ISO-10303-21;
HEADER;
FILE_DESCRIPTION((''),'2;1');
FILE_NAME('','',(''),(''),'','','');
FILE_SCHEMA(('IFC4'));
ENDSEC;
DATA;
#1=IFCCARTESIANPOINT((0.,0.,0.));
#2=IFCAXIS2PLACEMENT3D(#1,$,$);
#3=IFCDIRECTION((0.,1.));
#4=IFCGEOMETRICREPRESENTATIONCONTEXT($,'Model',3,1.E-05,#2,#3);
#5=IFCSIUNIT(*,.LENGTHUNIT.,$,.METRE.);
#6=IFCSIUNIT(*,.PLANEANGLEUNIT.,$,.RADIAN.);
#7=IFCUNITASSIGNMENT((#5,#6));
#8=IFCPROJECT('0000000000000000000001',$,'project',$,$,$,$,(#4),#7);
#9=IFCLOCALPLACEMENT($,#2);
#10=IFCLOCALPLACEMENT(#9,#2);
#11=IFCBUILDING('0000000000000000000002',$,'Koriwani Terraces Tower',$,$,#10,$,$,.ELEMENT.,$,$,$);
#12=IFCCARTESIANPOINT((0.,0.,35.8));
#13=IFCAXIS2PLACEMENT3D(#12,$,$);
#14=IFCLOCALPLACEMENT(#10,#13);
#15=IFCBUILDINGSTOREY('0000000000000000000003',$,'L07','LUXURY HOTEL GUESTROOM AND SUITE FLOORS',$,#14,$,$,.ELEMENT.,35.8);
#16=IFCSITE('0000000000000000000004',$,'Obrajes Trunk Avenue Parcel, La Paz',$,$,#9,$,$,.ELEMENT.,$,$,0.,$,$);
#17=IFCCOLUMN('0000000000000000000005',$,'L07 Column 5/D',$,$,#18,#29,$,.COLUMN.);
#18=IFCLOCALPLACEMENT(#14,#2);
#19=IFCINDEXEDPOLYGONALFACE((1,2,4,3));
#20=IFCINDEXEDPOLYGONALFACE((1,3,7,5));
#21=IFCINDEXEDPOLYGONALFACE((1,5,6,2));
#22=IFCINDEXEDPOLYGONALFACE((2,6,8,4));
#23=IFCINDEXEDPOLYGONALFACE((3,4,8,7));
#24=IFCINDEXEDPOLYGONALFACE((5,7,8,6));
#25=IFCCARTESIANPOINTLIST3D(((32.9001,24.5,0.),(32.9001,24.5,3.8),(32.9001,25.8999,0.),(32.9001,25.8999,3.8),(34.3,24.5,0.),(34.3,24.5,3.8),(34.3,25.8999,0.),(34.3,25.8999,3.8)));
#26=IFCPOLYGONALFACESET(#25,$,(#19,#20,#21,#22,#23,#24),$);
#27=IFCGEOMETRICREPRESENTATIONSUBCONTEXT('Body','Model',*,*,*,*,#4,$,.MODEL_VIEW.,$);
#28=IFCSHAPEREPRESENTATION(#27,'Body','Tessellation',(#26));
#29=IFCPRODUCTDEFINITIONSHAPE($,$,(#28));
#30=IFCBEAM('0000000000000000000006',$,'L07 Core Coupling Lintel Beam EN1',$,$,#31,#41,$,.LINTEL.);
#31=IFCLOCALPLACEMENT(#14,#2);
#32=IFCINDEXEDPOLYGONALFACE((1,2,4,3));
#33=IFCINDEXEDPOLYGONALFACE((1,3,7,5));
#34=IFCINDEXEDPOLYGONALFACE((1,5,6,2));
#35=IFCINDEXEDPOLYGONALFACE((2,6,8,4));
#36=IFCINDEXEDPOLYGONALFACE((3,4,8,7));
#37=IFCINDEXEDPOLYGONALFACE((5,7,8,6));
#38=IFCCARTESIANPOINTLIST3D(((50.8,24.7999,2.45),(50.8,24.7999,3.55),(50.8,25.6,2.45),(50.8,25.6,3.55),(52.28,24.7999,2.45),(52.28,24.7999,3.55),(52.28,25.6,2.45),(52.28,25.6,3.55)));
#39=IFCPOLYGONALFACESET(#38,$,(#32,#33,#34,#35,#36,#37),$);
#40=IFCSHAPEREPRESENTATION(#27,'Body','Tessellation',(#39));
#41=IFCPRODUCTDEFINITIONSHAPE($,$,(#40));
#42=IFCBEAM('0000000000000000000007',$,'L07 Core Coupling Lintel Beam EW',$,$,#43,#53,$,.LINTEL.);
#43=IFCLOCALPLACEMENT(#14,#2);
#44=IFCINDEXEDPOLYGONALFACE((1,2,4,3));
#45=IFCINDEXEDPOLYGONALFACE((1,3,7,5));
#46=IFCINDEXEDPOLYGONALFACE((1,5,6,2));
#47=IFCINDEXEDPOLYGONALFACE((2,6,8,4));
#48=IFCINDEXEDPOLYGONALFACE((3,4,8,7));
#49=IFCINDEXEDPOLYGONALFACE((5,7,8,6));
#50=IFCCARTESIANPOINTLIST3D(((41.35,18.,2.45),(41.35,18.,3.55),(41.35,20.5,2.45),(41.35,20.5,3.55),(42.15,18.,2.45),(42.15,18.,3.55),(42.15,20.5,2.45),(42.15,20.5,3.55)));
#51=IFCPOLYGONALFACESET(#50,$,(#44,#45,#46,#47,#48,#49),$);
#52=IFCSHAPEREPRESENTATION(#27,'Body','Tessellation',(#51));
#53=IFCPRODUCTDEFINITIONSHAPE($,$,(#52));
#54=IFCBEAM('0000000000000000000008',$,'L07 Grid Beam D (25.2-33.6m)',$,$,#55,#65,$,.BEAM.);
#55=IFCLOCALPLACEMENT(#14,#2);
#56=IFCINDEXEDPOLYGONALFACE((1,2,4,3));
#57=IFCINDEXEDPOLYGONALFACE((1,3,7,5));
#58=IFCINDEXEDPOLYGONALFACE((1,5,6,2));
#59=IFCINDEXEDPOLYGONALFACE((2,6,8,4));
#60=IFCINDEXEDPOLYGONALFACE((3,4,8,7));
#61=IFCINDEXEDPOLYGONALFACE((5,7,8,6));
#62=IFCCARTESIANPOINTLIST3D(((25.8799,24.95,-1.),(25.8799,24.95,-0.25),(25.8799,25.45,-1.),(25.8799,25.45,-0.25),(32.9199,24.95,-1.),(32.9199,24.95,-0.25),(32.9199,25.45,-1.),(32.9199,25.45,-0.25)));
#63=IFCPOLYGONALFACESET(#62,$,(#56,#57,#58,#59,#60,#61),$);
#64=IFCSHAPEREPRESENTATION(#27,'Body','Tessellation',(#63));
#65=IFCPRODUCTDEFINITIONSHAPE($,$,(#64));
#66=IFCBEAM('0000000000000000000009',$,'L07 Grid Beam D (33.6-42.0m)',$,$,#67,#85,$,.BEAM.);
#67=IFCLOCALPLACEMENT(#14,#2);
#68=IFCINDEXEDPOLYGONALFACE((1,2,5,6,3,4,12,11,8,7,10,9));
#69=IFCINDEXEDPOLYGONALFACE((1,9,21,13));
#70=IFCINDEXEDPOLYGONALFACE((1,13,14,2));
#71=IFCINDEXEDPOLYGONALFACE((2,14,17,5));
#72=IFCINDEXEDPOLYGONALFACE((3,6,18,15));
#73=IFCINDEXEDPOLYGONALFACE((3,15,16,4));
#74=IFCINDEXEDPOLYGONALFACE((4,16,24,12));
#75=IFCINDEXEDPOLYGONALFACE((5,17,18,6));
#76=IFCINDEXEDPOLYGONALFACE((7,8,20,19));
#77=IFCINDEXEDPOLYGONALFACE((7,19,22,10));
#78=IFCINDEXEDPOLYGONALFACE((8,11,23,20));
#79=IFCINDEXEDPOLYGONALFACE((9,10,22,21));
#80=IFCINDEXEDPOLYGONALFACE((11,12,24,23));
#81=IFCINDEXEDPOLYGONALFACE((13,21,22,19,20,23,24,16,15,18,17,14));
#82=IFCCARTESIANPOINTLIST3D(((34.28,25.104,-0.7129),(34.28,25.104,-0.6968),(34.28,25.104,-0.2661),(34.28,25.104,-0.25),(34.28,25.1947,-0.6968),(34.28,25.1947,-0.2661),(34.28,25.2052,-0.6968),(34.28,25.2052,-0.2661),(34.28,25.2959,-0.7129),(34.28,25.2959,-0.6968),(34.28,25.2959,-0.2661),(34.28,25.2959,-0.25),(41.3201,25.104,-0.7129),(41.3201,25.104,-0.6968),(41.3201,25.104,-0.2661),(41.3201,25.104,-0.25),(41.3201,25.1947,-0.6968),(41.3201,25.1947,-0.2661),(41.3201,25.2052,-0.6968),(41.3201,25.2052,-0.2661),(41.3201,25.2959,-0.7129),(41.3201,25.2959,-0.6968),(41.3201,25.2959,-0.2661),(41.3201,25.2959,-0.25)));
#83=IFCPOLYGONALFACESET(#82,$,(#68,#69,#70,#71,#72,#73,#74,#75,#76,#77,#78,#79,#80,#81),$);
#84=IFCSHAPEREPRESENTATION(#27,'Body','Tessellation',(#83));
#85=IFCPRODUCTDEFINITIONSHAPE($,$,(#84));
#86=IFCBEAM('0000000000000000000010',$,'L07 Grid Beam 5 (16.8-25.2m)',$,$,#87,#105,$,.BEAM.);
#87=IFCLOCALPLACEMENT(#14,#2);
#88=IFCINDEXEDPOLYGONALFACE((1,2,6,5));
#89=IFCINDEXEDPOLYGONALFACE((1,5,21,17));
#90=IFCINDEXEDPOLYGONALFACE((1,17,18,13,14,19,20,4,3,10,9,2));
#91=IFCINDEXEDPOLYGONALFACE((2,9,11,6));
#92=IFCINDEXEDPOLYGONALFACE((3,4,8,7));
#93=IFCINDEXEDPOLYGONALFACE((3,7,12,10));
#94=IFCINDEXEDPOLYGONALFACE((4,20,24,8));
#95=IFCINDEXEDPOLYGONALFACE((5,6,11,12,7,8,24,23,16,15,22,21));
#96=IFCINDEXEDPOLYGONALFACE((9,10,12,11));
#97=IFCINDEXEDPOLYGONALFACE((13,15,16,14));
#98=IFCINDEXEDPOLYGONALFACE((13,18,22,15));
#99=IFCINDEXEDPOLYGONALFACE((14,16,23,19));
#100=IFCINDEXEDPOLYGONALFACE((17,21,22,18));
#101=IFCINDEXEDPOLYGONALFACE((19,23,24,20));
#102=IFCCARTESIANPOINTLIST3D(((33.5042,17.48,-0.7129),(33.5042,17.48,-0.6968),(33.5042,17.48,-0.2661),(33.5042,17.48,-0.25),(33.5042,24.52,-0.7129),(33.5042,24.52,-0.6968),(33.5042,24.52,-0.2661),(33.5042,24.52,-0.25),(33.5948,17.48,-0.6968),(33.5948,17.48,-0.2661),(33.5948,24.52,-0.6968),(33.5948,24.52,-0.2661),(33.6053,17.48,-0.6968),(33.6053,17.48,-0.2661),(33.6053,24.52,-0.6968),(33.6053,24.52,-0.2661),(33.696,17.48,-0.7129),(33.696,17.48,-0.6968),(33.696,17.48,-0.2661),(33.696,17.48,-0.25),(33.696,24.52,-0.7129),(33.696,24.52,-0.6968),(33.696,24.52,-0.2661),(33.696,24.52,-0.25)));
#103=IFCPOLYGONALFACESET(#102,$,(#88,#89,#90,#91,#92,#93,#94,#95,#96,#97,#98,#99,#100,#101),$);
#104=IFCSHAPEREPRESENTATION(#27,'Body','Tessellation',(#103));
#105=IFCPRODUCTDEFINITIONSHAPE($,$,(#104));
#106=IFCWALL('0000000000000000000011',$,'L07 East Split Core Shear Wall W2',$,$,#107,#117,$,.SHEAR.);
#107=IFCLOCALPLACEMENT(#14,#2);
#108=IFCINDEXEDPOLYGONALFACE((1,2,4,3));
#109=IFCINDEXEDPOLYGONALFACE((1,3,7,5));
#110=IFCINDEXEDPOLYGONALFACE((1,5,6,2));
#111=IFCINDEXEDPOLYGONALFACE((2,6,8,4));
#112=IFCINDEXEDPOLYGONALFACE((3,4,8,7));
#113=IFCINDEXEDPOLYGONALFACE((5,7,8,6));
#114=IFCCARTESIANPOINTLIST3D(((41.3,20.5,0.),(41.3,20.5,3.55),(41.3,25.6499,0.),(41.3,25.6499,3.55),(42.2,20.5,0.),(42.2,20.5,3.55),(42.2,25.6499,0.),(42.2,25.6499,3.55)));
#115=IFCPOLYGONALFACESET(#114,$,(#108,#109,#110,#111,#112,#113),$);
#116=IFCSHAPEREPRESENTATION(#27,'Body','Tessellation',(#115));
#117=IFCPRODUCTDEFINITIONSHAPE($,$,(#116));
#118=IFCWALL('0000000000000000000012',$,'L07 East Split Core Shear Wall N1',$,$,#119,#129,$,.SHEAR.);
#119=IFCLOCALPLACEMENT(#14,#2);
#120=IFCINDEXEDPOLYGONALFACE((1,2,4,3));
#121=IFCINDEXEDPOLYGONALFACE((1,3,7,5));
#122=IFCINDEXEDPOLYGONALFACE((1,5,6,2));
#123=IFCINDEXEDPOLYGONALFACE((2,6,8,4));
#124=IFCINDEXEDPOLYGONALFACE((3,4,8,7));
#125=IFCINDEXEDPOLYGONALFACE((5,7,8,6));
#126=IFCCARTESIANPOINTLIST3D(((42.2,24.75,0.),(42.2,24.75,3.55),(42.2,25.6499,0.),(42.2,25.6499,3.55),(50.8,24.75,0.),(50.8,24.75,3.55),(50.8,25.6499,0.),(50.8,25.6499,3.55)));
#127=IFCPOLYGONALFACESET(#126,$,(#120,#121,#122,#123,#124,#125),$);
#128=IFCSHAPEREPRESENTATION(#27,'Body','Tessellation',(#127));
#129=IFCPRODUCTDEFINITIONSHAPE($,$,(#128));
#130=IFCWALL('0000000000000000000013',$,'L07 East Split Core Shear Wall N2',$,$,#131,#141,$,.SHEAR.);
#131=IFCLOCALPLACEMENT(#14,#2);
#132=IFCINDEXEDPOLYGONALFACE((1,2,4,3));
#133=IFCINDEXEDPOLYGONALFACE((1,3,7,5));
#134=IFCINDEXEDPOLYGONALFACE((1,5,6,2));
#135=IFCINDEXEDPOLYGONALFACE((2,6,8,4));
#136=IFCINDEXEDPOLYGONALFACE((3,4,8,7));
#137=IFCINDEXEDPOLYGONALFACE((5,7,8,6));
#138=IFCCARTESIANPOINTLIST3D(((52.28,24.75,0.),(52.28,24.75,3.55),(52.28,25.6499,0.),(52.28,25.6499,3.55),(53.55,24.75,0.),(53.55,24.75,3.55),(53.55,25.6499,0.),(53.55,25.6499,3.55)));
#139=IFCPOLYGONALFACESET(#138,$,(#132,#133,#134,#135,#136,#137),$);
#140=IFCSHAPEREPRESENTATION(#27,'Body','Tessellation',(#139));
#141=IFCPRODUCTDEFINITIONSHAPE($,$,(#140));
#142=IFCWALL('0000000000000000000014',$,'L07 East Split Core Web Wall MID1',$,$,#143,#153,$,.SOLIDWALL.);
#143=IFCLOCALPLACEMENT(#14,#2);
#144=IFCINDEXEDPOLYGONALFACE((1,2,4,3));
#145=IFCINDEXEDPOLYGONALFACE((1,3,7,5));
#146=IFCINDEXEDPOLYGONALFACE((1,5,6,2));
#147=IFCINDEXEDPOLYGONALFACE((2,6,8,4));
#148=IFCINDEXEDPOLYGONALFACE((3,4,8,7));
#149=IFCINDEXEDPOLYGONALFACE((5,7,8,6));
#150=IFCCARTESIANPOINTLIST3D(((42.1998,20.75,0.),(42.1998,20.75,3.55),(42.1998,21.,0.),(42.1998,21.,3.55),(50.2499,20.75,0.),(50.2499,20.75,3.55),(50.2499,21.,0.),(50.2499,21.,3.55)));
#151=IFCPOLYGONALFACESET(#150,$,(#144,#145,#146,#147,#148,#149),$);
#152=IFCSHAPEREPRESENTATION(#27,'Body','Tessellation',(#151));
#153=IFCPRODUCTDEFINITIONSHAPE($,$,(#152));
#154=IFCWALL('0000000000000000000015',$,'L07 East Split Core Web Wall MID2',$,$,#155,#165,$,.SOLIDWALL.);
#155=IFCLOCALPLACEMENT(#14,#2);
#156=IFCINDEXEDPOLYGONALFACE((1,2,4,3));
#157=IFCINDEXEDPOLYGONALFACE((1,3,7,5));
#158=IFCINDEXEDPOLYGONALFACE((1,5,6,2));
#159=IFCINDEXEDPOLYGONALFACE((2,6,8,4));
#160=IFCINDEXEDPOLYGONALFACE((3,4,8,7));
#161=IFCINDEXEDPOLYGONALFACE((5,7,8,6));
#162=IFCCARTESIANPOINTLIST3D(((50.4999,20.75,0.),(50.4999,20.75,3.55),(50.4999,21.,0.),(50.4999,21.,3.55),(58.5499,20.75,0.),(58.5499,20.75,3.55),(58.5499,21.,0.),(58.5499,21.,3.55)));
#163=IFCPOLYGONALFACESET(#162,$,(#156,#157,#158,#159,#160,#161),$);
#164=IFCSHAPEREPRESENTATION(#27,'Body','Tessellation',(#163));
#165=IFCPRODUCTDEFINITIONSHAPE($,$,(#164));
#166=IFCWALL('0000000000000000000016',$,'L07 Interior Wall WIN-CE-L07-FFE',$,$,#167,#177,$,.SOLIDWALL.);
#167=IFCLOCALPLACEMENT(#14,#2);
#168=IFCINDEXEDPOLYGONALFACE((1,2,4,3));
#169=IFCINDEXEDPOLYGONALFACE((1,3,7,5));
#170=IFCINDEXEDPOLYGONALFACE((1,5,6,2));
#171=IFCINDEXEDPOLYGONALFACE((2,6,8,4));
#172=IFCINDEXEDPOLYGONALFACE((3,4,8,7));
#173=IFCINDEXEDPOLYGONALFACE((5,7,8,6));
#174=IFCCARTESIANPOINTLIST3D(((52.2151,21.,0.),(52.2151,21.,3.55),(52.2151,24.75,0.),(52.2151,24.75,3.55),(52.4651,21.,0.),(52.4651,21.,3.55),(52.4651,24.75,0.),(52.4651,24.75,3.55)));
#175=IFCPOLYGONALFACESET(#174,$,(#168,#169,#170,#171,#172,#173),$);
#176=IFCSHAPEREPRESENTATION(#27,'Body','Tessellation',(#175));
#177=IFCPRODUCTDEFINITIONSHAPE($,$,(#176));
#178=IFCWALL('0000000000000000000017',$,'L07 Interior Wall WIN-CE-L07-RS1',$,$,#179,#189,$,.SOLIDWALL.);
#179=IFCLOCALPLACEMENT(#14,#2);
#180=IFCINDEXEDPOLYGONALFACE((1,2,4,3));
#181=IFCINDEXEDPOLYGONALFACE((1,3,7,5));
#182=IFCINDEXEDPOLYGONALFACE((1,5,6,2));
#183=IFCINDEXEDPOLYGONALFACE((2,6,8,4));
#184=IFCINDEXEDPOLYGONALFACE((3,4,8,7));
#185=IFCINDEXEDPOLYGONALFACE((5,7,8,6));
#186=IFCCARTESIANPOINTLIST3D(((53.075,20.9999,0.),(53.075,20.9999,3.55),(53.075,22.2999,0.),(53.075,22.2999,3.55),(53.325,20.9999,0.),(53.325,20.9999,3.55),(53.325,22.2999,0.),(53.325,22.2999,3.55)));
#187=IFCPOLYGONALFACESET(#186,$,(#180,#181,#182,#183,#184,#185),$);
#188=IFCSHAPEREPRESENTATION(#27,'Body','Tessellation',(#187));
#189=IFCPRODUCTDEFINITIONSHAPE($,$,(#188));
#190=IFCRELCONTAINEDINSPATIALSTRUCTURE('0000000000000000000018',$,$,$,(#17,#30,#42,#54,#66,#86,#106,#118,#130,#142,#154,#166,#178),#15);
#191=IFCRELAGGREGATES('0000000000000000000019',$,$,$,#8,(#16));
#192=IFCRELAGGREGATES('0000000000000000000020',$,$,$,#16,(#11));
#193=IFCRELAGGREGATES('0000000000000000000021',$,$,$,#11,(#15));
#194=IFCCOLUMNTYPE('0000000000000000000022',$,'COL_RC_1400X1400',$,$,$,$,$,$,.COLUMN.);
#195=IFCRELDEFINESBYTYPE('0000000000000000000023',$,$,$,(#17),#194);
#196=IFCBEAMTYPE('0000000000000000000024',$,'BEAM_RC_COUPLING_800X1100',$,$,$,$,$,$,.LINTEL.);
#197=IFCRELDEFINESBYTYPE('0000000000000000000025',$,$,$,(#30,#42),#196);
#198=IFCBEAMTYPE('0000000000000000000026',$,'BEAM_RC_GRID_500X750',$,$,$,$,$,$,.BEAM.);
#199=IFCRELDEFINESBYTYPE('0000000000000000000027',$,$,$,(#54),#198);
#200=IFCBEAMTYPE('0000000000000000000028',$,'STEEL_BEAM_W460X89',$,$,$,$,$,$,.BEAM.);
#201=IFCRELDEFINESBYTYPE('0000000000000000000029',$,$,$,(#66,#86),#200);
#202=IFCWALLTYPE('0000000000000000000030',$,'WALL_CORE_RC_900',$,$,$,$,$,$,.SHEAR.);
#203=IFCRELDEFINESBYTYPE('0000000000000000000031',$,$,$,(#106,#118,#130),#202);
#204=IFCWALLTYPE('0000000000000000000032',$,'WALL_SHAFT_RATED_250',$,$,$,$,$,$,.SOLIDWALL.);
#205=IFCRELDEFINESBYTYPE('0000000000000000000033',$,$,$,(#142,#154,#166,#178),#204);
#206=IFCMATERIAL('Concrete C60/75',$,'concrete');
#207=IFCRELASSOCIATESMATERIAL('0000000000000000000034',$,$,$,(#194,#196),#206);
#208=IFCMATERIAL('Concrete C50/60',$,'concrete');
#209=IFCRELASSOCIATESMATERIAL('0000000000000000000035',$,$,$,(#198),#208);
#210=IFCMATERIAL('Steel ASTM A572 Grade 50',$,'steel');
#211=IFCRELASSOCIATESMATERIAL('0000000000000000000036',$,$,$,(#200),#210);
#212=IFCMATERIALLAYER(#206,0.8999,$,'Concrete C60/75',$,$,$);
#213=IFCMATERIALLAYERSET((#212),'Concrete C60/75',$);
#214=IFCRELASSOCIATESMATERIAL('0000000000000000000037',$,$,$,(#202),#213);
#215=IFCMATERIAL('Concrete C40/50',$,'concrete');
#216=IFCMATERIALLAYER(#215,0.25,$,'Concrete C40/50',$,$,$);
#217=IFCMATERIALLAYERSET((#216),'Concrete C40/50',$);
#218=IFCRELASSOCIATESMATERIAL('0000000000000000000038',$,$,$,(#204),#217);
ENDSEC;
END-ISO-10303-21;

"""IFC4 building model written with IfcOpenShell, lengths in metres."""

from ifc_helpers import new_model, si_unit, direction, frame, frame_2d, origin, origin_2d, place, context, subcontext, project, spatial, rectangle, i_section, extrude, material, layer, layer_set, material_profile, profile_set, type_object, element, save


model = new_model("IFC4")

# Units and contexts
model_context = context("Model", 3, precision=1e-05, world=origin(), true_north=direction((0.0, 1.0)))
body_context = subcontext(model_context, "Body", "Model", "MODEL_VIEW")
ifc_project = project(units=[si_unit("LENGTHUNIT", "METRE"), si_unit("PLANEANGLEUNIT", "RADIAN")], contexts=[model_context])

# Site, building, storey
site_placement = place(None, origin())
site = spatial("IfcSite", under=ifc_project, at=site_placement, Name="Obrajes Trunk Avenue Parcel, La Paz", CompositionType="ELEMENT", RefElevation=0.0)
building_placement = place(site_placement, origin())
building = spatial("IfcBuilding", under=site, at=building_placement, Name="Koriwani Terraces Tower", CompositionType="ELEMENT")
storey_placement = place(building_placement, frame((0.0, 0.0, 35.8)))
storey = spatial("IfcBuildingStorey", under=building, at=storey_placement, Name="L07", Description="LUXURY HOTEL GUESTROOM AND SUITE FLOORS", CompositionType="ELEMENT", Elevation=35.8)

# Column
ifc_material_1 = material(Name="Concrete C60/75", Category="concrete")
ifc_material_profile_1 = material_profile(ifc_material_1, rectangle(XDim=1.3999, YDim=1.3999, at=origin_2d()), Name="Concrete C60/75", Category="LoadBearing")
ifc_profile_set_1 = profile_set([ifc_material_profile_1], Name="Concrete C60/75")
column_type = type_object("IfcColumnType", Name="COL_RC_1400X1400", PredefinedType="COLUMN", material=ifc_profile_set_1)
column_placement = place(storey_placement, frame((33.6001, 25.2, 0.0), z_axis=(0.0, 0.0, 1.0), x_axis=(1.0, 0.0, 0.0)))
element("IfcColumn", 1, at=column_placement, inside=storey, type_object=column_type, Name="L07 Column 5/D", PredefinedType="COLUMN", context=body_context, shape_type="SweptSolid", body=[
    extrude(rectangle(XDim=1.3999, YDim=1.3999, at=origin_2d()), origin(), (0.0, 0.0, 1.0), 3.8),
])

# Beams
ifc_material_profile_2 = material_profile(ifc_material_1, rectangle(XDim=0.8, YDim=1.1001, at=origin_2d()), Name="Concrete C60/75", Category="LoadBearing")
ifc_profile_set_2 = profile_set([ifc_material_profile_2], Name="Concrete C60/75")
beam_type_1 = type_object("IfcBeamType", Name="BEAM_RC_COUPLING_800X1100", PredefinedType="LINTEL", material=ifc_profile_set_2)
beam_1_placement = place(storey_placement, frame((50.8, 25.2, 3.0), z_axis=(1.0, 0.0, 0.0), x_axis=(0.0, 1.0, 0.0)))
element("IfcBeam", 2, at=beam_1_placement, inside=storey, type_object=beam_type_1, Name="L07 Core Coupling Lintel Beam EN1", PredefinedType="LINTEL", context=body_context, shape_type="SweptSolid", body=[
    extrude(rectangle(XDim=0.8, YDim=1.1001, at=origin_2d()), origin(), (0.0, 0.0, 1.0), 1.48),
])
beam_2_placement = place(storey_placement, frame((41.75, 18.0, 3.0), z_axis=(0.0, 1.0, 0.0), x_axis=(-1.0, 0.0, 0.0)))
element("IfcBeam", 3, at=beam_2_placement, inside=storey, type_object=beam_type_1, Name="L07 Core Coupling Lintel Beam EW", PredefinedType="LINTEL", context=body_context, shape_type="SweptSolid", body=[
    extrude(rectangle(XDim=0.8, YDim=1.1001, at=origin_2d()), origin(), (0.0, 0.0, 1.0), 2.5),
])
ifc_material_2 = material(Name="Concrete C50/60", Category="concrete")
ifc_material_profile_3 = material_profile(ifc_material_2, rectangle(XDim=0.5, YDim=0.75, at=origin_2d()), Name="Concrete C50/60", Category="LoadBearing")
ifc_profile_set_3 = profile_set([ifc_material_profile_3], Name="Concrete C50/60")
beam_type_2 = type_object("IfcBeamType", Name="BEAM_RC_GRID_500X750", PredefinedType="BEAM", material=ifc_profile_set_3)
beam_3_placement = place(storey_placement, frame((25.8799, 25.2, -0.625), z_axis=(1.0, 0.0, 0.0), x_axis=(0.0, 1.0, 0.0)))
element("IfcBeam", 4, at=beam_3_placement, inside=storey, type_object=beam_type_2, Name="L07 Grid Beam D (25.2-33.6m)", PredefinedType="BEAM", context=body_context, shape_type="SweptSolid", body=[
    extrude(rectangle(XDim=0.5, YDim=0.75, at=origin_2d()), origin(), (0.0, 0.0, 1.0), 7.04),
])
ifc_material_3 = material(Name="Steel ASTM A572 Grade 50", Category="steel")
ifc_material_profile_4 = material_profile(ifc_material_3, i_section(OverallWidth=0.1919, OverallDepth=0.4629, WebThickness=0.0105, FlangeThickness=0.0161, at=origin_2d()), Name="Steel ASTM A572 Grade 50", Category="LoadBearing")
ifc_profile_set_4 = profile_set([ifc_material_profile_4], Name="Steel ASTM A572 Grade 50")
beam_type_3 = type_object("IfcBeamType", Name="STEEL_BEAM_W460X89", PredefinedType="BEAM", material=ifc_profile_set_4)
for number, where, z_axis, x_axis, name in (
    (5, (34.28, 25.2, -0.4814), (1.0, 0.0, 0.0), (0.0, 1.0, 0.0), "L07 Grid Beam D (33.6-42.0m)"),
    (6, (33.6001, 17.48, -0.4814), (0.0, 1.0, 0.0), (-1.0, 0.0, 0.0), "L07 Grid Beam 5 (16.8-25.2m)"),
):
    element("IfcBeam", number, at=place(storey_placement, frame(where, z_axis=z_axis, x_axis=x_axis)), inside=storey, type_object=beam_type_3, Name=name, PredefinedType="BEAM", context=body_context, shape_type="SweptSolid", body=[
        extrude(i_section(OverallWidth=0.1919, OverallDepth=0.4629, WebThickness=0.0105, FlangeThickness=0.0161, at=origin_2d()), origin(), (0.0, 0.0, 1.0), 7.04),
    ])

# Walls
ifc_layer_1 = layer(ifc_material_1, 0.8999, Name="Concrete C60/75")
ifc_layer_set_1 = layer_set([ifc_layer_1], Name="Concrete C60/75")
wall_type_1 = type_object("IfcWallType", Name="WALL_CORE_RC_900", PredefinedType="SHEAR", material=ifc_layer_set_1)
wall_1_placement = place(storey_placement, frame((41.75, 20.5, 0.0), z_axis=(0.0, 0.0, 1.0), x_axis=(0.0, 1.0, 0.0)))
element("IfcWall", 7, at=wall_1_placement, inside=storey, type_object=wall_type_1, Name="L07 East Split Core Shear Wall W2", PredefinedType="SHEAR", context=body_context, shape_type="SweptSolid", body=[
    extrude(rectangle(XDim=5.1499, YDim=0.8999, at=frame_2d((2.575, 0.0))), origin(), (0.0, 0.0, 1.0), 3.55),
])
wall_2_placement = place(storey_placement, frame((42.2, 25.2, 0.0), z_axis=(0.0, 0.0, 1.0), x_axis=(1.0, 0.0, 0.0)))
element("IfcWall", 8, at=wall_2_placement, inside=storey, type_object=wall_type_1, Name="L07 East Split Core Shear Wall N1", PredefinedType="SHEAR", context=body_context, shape_type="SweptSolid", body=[
    extrude(rectangle(XDim=8.6001, YDim=0.8999, at=frame_2d((4.3, 0.0))), origin(), (0.0, 0.0, 1.0), 3.55),
])
wall_3_placement = place(storey_placement, frame((52.28, 25.2, 0.0), z_axis=(0.0, 0.0, 1.0), x_axis=(1.0, 0.0, 0.0)))
element("IfcWall", 9, at=wall_3_placement, inside=storey, type_object=wall_type_1, Name="L07 East Split Core Shear Wall N2", PredefinedType="SHEAR", context=body_context, shape_type="SweptSolid", body=[
    extrude(rectangle(XDim=1.27, YDim=0.8999, at=frame_2d((0.635, 0.0))), origin(), (0.0, 0.0, 1.0), 3.55),
])
ifc_material_4 = material(Name="Concrete C40/50", Category="concrete")
ifc_layer_2 = layer(ifc_material_4, 0.25, Name="Concrete C40/50")
ifc_layer_set_2 = layer_set([ifc_layer_2], Name="Concrete C40/50")
wall_type_2 = type_object("IfcWallType", Name="WALL_SHAFT_RATED_250", PredefinedType="SOLIDWALL", material=ifc_layer_set_2)
for number, where, z_axis, x_axis, name in (
    (10, (42.2, 20.875, 0.0), (0.0, 0.0, 1.0), (1.0, 0.0, 0.0), "L07 East Split Core Web Wall MID1"),
    (11, (50.5, 20.875, 0.0), (0.0, 0.0, 1.0), (1.0, 0.0, 0.0), "L07 East Split Core Web Wall MID2"),
):
    element("IfcWall", number, at=place(storey_placement, frame(where, z_axis=z_axis, x_axis=x_axis)), inside=storey, type_object=wall_type_2, Name=name, PredefinedType="SOLIDWALL", context=body_context, shape_type="SweptSolid", body=[
        extrude(rectangle(XDim=8.05, YDim=0.25, at=frame_2d((4.0249, 0.0))), origin(), (0.0, 0.0, 1.0), 3.55),
    ])

# Walls
wall_4_placement = place(storey_placement, frame((52.3401, 21.0, 0.0), z_axis=(0.0, 0.0, 1.0), x_axis=(0.0, 1.0, 0.0)))
element("IfcWall", 12, at=wall_4_placement, inside=storey, type_object=wall_type_2, Name="L07 Interior Wall WIN-CE-L07-FFE", PredefinedType="SOLIDWALL", context=body_context, shape_type="SweptSolid", body=[
    extrude(rectangle(XDim=3.75, YDim=0.25, at=frame_2d((1.875, 0.0))), origin(), (0.0, 0.0, 1.0), 3.55),
])
wall_5_placement = place(storey_placement, frame((53.2, 21.0, 0.0), z_axis=(0.0, 0.0, 1.0), x_axis=(0.0, 1.0, 0.0)))
element("IfcWall", 13, at=wall_5_placement, inside=storey, type_object=wall_type_2, Name="L07 Interior Wall WIN-CE-L07-RS1", PredefinedType="SOLIDWALL", context=body_context, shape_type="SweptSolid", body=[
    extrude(rectangle(XDim=1.3, YDim=0.25, at=frame_2d((0.6499, 0.0))), origin(), (0.0, 0.0, 1.0), 3.55),
])

save(model, "model.ifc")
